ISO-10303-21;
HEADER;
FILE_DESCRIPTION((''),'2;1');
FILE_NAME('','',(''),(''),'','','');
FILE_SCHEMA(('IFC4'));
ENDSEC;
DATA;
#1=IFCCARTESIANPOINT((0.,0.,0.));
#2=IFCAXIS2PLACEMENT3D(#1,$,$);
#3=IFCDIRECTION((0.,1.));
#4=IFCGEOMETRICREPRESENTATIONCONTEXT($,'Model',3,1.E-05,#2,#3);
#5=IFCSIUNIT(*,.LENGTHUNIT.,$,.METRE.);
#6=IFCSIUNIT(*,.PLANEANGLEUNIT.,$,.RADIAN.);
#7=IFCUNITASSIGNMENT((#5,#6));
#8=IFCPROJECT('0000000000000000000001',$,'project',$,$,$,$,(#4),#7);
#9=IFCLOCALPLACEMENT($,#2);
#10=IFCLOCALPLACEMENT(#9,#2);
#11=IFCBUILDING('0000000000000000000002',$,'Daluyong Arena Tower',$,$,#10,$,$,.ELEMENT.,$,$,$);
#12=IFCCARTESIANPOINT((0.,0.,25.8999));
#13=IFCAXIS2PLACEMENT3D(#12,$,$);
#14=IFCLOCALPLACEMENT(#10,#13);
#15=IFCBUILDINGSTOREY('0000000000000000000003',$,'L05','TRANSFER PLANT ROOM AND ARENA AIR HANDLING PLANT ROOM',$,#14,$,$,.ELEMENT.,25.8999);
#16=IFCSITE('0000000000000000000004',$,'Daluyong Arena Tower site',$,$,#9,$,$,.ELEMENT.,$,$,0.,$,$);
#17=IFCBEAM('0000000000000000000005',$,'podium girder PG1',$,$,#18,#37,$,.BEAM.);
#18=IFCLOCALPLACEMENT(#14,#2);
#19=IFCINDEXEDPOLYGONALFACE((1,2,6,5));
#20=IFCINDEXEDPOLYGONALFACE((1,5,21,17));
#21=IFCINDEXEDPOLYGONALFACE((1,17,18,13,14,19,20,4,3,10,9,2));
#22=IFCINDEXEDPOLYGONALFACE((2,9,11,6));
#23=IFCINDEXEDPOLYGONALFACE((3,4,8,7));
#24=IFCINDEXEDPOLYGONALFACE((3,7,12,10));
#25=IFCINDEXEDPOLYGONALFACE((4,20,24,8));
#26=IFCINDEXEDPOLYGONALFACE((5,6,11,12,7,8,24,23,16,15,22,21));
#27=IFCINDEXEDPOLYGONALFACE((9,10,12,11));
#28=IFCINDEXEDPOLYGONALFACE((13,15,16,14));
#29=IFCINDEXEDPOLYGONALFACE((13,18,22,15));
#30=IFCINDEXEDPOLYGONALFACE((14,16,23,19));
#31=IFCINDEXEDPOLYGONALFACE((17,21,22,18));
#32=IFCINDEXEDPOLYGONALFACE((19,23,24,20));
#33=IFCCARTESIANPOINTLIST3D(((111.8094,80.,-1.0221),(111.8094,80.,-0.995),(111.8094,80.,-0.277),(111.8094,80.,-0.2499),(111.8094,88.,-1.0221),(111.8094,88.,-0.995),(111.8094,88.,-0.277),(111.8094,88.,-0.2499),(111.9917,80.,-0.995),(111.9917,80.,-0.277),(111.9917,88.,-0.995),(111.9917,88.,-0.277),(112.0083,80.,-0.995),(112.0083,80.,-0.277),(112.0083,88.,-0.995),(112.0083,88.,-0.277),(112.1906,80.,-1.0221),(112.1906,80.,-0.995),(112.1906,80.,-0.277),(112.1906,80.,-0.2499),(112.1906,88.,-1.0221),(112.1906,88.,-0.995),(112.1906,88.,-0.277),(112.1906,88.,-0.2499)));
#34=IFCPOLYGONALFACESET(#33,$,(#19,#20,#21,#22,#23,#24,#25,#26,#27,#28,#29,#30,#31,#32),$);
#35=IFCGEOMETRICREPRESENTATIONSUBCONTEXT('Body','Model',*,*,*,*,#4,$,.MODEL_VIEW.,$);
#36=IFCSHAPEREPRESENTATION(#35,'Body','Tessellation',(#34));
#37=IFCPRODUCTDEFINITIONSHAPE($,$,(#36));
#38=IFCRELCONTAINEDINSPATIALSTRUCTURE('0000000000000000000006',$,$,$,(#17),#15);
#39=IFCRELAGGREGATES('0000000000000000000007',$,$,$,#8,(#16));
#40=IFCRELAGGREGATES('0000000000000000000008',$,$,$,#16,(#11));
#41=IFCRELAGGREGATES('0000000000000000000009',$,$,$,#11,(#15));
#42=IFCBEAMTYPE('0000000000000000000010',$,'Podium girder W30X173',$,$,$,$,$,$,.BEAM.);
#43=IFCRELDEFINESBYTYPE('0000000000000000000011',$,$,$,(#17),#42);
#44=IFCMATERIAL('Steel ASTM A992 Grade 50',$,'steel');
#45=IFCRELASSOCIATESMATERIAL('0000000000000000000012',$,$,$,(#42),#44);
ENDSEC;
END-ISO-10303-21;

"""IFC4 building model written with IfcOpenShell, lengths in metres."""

from ifc_helpers import new_model, si_unit, direction, frame, origin, origin_2d, place, context, subcontext, project, spatial, i_section, extrude, material, material_profile, profile_set, type_object, element, save


model = new_model("IFC4")

# Units and contexts
model_context = context("Model", 3, precision=1e-05, world=origin(), true_north=direction((0.0, 1.0)))
body_context = subcontext(model_context, "Body", "Model", "MODEL_VIEW")
ifc_project = project(units=[si_unit("LENGTHUNIT", "METRE"), si_unit("PLANEANGLEUNIT", "RADIAN")], contexts=[model_context])

# Site, building, storey
site_placement = place(None, origin())
site = spatial("IfcSite", under=ifc_project, at=site_placement, Name="Daluyong Arena Tower site", CompositionType="ELEMENT", RefElevation=0.0)
building_placement = place(site_placement, origin())
building = spatial("IfcBuilding", under=site, at=building_placement, Name="Daluyong Arena Tower", CompositionType="ELEMENT")
storey_placement = place(building_placement, frame((0.0, 0.0, 25.8999)))
storey = spatial("IfcBuildingStorey", under=building, at=storey_placement, Name="L05", Description="TRANSFER PLANT ROOM AND ARENA AIR HANDLING PLANT ROOM", CompositionType="ELEMENT", Elevation=25.8999)

# Beam
ifc_material_1 = material(Name="Steel ASTM A992 Grade 50", Category="steel")
ifc_material_profile_1 = material_profile(ifc_material_1, i_section(OverallWidth=0.3811, OverallDepth=0.7722, WebThickness=0.0166, FlangeThickness=0.0271, at=origin_2d()))
ifc_profile_set_1 = profile_set([ifc_material_profile_1], Name="Steel ASTM A992 Grade 50")
beam_type_1 = type_object("IfcBeamType", Name="Podium girder W30X173", PredefinedType="BEAM", material=ifc_profile_set_1)
for number, where, z_axis, x_axis, name in (
    (1, (112.0, 80.0, -0.636), (0.0, 1.0, 0.0), (-1.0, 0.0, 0.0), "podium girder PG1"),
):
    element("IfcBeam", number, at=place(storey_placement, frame(where, z_axis=z_axis, x_axis=x_axis)), inside=storey, type_object=beam_type_1, Name=name, PredefinedType="BEAM", context=body_context, shape_type="SweptSolid", body=[
        extrude(i_section(OverallWidth=0.3811, OverallDepth=0.7722, WebThickness=0.0166, FlangeThickness=0.0271, at=origin_2d()), origin(), (0.0, 0.0, 1.0), 8.0),
    ])

save(model, "model.ifc")
